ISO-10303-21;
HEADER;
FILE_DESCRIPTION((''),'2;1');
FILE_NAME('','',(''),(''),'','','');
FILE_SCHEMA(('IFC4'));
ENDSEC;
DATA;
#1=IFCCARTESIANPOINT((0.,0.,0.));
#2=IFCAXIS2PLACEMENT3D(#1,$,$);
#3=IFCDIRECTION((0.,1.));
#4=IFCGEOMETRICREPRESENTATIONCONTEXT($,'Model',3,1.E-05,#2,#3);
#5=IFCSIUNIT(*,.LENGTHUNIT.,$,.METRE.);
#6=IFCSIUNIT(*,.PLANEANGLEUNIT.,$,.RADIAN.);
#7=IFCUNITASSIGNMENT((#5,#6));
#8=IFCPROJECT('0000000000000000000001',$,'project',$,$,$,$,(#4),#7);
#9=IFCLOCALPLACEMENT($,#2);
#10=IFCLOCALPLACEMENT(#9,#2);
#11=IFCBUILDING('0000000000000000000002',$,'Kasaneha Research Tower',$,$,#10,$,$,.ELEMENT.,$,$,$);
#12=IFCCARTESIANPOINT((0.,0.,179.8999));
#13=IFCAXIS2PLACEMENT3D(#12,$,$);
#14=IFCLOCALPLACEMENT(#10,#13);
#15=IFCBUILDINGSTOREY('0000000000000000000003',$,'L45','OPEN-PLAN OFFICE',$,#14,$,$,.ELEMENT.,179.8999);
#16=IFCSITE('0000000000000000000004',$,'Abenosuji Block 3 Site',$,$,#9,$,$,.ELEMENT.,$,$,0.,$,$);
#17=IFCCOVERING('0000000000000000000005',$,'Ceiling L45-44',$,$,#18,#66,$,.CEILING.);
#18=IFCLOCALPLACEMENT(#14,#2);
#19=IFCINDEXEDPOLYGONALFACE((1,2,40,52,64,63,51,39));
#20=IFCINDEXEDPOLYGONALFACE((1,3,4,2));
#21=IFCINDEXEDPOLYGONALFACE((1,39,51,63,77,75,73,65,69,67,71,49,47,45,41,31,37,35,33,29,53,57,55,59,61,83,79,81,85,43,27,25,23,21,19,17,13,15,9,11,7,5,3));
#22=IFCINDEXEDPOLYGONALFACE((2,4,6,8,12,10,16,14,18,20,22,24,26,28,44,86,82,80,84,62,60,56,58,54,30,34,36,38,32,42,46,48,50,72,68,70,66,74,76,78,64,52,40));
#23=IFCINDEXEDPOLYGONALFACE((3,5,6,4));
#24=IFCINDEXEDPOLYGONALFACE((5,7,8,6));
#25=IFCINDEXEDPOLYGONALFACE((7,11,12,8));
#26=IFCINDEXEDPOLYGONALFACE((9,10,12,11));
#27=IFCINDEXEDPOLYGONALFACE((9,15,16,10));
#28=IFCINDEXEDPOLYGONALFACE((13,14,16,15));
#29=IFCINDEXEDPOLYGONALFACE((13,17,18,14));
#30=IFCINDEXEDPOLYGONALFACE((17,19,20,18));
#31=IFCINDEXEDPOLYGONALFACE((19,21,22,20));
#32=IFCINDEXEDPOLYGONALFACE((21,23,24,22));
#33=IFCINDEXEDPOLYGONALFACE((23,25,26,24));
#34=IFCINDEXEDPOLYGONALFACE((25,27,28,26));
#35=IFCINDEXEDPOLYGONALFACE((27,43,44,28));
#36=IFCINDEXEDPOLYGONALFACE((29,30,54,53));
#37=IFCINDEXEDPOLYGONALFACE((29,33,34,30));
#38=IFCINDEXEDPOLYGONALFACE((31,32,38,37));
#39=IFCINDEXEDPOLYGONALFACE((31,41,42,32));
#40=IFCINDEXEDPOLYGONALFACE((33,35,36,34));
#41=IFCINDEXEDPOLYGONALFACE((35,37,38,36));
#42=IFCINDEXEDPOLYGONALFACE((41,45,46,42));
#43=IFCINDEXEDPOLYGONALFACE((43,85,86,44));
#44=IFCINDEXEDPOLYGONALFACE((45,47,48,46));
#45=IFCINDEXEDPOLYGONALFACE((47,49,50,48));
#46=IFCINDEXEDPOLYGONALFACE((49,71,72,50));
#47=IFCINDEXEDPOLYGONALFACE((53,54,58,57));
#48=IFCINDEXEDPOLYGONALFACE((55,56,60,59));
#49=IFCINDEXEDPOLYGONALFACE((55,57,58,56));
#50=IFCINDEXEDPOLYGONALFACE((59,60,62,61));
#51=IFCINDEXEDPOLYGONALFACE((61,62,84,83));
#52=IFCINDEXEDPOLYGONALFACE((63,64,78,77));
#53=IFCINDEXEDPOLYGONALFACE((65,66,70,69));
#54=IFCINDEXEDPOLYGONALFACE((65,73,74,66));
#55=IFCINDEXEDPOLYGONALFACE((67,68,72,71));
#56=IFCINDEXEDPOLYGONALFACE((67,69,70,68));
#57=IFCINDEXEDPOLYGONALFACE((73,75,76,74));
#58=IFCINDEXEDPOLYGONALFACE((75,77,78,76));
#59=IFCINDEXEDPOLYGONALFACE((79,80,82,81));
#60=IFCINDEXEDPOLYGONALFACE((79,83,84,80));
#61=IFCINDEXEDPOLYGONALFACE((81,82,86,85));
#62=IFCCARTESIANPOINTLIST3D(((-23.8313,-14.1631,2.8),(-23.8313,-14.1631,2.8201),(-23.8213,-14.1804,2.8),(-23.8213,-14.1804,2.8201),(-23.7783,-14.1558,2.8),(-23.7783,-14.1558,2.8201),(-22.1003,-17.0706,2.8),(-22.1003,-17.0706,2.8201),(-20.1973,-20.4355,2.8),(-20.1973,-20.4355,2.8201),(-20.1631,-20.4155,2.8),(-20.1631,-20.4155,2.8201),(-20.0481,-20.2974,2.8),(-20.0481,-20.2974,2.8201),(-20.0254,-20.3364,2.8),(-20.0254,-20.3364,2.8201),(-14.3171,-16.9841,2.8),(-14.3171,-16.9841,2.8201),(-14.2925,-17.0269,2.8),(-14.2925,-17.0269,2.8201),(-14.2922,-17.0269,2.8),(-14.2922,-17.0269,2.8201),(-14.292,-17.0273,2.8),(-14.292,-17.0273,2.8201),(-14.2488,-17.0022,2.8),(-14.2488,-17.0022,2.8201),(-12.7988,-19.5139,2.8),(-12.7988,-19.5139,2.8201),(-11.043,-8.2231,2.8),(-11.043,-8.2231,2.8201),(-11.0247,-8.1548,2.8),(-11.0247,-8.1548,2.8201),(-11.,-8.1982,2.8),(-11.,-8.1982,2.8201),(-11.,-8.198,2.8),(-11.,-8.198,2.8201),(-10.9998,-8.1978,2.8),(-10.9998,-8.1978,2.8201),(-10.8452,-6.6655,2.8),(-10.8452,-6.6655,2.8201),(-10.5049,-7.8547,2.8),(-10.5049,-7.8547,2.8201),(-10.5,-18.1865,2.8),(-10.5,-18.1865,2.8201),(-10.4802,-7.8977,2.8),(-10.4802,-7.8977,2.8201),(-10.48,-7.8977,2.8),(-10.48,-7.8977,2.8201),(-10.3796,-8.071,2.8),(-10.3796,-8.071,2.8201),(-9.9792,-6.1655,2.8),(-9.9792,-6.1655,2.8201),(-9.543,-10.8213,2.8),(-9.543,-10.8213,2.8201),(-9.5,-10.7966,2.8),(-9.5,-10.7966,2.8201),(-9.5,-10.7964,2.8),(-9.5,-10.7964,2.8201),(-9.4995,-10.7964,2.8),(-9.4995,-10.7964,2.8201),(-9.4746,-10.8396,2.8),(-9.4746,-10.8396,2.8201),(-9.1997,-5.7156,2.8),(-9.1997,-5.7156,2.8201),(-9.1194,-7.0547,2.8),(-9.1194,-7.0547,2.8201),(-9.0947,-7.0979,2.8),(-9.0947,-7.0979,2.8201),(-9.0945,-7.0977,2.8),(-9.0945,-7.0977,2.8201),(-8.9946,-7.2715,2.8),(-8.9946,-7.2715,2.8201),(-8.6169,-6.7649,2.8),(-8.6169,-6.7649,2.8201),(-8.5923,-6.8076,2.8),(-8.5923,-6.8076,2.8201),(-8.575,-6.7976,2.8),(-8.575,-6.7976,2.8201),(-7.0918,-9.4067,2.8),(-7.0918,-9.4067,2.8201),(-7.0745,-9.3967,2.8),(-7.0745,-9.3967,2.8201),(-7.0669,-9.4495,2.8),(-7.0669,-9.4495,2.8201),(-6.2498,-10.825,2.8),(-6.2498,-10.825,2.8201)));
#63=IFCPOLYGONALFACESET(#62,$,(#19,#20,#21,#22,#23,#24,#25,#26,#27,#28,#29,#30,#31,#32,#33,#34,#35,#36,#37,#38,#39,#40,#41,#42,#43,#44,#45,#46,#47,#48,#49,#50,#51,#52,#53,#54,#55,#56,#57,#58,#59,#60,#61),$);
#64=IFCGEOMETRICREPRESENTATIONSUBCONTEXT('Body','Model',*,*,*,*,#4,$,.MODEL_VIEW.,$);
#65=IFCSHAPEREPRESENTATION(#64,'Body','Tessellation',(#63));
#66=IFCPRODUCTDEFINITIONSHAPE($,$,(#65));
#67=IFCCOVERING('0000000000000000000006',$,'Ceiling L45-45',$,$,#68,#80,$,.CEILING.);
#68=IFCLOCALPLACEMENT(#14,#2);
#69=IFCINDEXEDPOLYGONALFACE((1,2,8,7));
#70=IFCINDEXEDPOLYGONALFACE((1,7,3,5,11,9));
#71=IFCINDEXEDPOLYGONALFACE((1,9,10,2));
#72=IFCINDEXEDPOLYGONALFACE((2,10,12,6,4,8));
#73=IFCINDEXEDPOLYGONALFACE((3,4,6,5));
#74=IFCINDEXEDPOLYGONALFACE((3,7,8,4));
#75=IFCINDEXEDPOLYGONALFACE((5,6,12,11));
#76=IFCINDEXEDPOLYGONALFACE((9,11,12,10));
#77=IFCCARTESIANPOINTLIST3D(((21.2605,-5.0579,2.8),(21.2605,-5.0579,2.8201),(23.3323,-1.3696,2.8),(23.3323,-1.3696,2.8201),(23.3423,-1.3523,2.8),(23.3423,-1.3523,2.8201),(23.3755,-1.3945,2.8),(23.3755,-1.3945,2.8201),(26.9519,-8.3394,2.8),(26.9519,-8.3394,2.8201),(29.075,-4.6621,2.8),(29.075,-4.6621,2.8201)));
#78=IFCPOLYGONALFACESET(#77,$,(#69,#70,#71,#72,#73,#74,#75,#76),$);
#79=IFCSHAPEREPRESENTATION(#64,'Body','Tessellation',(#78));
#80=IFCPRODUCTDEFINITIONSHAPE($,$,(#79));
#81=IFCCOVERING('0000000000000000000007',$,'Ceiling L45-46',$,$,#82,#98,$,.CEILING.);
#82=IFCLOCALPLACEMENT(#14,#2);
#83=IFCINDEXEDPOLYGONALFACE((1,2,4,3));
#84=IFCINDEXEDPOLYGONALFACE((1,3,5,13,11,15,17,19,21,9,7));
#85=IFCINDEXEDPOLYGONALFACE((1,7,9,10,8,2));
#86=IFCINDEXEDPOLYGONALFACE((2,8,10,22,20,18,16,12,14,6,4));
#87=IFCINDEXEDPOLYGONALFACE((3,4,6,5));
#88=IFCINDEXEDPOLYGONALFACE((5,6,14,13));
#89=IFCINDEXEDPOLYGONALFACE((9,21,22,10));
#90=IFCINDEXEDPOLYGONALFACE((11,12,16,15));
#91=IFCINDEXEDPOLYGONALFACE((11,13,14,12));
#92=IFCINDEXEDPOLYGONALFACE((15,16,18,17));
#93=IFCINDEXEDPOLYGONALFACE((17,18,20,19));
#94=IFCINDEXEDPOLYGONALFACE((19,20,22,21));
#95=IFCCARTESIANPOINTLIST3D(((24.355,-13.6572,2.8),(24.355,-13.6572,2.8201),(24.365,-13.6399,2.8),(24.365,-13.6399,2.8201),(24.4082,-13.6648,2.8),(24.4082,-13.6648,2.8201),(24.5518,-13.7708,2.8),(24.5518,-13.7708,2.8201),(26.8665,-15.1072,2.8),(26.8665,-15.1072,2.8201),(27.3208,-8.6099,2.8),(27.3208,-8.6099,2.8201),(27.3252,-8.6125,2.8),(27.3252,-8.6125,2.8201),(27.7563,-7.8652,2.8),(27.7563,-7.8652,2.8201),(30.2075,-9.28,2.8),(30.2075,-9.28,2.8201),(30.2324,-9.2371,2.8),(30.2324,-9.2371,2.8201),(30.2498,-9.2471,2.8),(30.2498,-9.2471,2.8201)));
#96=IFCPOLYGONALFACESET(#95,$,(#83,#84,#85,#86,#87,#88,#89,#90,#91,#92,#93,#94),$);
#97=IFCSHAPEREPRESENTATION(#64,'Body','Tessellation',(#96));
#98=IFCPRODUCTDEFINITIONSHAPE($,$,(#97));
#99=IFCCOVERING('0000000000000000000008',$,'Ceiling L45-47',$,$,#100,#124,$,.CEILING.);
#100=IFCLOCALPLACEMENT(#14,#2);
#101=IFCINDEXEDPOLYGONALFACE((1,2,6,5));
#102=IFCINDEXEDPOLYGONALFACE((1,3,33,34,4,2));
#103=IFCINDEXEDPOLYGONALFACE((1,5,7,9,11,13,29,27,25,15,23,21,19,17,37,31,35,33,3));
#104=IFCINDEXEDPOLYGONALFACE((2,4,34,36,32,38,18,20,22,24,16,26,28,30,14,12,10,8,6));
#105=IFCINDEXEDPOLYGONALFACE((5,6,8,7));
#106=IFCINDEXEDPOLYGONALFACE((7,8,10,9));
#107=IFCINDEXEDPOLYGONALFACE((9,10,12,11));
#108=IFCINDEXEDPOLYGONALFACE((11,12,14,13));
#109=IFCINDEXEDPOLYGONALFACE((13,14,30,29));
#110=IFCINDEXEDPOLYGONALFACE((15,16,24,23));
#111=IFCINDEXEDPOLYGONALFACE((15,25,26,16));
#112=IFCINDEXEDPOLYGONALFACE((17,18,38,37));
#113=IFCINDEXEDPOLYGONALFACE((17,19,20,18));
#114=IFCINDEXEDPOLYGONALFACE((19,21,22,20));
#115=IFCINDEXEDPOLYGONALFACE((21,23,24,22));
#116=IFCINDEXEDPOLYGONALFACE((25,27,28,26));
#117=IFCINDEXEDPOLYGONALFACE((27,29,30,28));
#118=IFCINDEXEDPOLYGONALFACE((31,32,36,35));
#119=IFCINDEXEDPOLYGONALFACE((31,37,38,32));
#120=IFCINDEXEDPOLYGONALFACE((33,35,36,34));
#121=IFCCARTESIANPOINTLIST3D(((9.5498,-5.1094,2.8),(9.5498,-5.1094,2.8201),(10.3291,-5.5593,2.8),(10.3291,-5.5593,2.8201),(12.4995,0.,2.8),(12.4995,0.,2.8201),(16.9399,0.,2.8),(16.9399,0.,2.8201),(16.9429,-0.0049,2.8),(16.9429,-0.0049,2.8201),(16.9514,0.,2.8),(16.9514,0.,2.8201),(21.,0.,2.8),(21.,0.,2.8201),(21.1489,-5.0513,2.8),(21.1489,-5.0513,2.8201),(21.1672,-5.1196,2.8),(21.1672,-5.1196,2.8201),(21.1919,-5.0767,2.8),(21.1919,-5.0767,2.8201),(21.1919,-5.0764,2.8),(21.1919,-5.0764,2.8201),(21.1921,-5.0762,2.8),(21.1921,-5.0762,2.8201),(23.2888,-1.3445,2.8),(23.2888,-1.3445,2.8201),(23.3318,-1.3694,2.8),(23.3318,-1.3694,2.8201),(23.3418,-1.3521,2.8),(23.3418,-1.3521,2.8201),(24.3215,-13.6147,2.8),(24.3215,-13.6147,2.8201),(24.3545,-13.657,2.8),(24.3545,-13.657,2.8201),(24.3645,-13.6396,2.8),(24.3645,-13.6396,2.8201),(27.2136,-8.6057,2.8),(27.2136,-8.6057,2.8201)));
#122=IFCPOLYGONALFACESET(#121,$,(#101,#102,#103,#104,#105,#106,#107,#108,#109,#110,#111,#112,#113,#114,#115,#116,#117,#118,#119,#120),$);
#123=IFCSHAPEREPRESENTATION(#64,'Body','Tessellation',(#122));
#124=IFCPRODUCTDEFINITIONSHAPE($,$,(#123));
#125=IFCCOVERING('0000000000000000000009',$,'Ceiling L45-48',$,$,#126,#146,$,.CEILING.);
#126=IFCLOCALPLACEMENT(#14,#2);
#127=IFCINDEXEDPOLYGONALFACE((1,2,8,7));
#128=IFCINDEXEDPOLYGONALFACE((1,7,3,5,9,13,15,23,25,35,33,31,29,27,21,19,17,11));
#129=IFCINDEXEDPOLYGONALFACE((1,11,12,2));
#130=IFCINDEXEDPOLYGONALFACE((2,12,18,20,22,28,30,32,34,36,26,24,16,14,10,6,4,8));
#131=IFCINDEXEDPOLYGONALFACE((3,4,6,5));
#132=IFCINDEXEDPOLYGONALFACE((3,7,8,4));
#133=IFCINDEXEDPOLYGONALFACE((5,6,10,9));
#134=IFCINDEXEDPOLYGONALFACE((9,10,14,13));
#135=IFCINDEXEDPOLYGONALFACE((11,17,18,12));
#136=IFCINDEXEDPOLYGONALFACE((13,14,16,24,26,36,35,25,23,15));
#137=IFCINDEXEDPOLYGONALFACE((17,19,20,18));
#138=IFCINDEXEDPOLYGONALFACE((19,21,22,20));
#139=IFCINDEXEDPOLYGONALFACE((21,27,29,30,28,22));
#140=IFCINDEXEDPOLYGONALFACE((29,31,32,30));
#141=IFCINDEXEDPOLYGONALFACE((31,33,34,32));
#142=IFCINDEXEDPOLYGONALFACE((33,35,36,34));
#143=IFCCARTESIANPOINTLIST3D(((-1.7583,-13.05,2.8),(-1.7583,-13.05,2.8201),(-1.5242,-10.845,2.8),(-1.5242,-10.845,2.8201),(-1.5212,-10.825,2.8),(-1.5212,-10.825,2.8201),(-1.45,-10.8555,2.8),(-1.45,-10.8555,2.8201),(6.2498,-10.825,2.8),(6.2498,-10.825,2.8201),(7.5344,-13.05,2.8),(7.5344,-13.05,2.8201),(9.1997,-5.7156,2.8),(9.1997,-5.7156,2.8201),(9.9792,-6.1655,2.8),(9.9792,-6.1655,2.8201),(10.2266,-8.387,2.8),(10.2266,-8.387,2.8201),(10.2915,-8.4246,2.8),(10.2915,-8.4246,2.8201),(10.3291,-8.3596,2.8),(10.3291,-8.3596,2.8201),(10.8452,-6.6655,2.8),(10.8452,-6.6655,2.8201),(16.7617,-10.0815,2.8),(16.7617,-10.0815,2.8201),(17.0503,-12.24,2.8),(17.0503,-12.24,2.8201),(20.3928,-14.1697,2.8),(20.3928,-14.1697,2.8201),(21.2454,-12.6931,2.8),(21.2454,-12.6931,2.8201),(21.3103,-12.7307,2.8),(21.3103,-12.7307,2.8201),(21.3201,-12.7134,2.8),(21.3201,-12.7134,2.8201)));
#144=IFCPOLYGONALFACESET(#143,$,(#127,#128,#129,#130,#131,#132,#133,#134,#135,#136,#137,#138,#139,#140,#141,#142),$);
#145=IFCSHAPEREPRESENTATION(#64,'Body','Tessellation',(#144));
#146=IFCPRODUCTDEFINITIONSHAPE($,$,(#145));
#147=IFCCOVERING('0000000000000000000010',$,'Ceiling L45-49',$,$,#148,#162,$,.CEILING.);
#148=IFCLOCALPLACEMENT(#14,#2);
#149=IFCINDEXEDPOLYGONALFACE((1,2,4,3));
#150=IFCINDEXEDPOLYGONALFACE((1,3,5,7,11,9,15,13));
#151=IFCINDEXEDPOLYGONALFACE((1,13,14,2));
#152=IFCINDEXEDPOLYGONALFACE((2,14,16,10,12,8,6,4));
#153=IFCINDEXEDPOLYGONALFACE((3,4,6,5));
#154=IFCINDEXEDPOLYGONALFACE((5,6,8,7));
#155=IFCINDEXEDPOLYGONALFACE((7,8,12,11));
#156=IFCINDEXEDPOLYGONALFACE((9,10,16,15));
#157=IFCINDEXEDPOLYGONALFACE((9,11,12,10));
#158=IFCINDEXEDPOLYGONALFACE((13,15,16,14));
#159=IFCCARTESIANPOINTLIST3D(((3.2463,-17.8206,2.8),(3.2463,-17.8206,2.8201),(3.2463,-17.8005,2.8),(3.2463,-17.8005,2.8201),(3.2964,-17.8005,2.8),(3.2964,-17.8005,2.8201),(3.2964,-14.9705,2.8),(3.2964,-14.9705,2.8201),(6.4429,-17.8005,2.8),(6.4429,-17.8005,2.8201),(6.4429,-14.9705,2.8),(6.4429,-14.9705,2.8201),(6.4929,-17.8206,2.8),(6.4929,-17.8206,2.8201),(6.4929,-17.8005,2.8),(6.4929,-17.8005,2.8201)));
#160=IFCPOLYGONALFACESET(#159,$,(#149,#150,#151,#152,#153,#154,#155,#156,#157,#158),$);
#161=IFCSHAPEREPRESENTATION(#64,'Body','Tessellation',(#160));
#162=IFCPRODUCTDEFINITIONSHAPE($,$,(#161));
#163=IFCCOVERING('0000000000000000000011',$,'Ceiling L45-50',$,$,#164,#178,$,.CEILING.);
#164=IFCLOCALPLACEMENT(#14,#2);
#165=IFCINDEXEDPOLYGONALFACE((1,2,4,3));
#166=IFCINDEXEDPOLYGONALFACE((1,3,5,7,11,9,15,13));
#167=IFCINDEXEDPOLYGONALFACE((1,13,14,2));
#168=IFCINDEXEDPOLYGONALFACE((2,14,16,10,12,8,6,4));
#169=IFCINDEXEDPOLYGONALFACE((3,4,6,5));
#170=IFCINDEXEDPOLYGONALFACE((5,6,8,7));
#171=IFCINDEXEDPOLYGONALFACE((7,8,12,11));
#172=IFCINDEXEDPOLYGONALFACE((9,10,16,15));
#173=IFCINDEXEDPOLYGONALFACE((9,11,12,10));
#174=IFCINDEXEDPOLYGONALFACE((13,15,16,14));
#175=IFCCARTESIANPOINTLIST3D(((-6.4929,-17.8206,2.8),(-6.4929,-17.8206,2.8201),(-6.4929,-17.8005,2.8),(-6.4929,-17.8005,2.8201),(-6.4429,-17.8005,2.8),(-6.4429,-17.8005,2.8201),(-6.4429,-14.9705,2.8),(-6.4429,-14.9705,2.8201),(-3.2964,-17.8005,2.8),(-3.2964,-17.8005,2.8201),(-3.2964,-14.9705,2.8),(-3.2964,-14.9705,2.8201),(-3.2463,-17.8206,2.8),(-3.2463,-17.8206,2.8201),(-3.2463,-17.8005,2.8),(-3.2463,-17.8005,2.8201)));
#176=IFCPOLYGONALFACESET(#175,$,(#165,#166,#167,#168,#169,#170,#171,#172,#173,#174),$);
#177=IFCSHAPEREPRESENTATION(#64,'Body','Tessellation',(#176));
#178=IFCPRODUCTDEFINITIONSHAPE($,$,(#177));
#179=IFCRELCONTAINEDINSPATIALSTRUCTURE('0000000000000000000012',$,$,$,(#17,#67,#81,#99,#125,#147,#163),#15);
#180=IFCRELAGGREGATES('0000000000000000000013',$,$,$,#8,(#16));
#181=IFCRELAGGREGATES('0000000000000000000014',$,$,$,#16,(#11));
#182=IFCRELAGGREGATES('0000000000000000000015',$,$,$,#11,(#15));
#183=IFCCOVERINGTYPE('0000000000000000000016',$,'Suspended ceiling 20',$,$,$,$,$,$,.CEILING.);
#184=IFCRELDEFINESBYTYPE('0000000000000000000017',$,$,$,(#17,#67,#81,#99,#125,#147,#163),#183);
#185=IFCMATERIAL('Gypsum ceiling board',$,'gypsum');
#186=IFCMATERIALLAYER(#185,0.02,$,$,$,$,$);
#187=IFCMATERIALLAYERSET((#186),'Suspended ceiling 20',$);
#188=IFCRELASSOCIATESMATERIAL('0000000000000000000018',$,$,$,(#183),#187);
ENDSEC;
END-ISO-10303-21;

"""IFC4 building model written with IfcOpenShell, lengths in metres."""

from ifc_helpers import new_model, si_unit, direction, frame, origin, place, context, subcontext, project, spatial, polyline, outline, extrude, material, layer, layer_set, type_object, element, save


model = new_model("IFC4")

# Units and contexts
model_context = context("Model", 3, precision=1e-05, world=origin(), true_north=direction((0.0, 1.0)))
body_context = subcontext(model_context, "Body", "Model", "MODEL_VIEW")
ifc_project = project(units=[si_unit("LENGTHUNIT", "METRE"), si_unit("PLANEANGLEUNIT", "RADIAN")], contexts=[model_context])

# Site, building, storey
site_placement = place(None, origin())
site = spatial("IfcSite", under=ifc_project, at=site_placement, Name="Abenosuji Block 3 Site", CompositionType="ELEMENT", RefElevation=0.0)
building_placement = place(site_placement, origin())
building = spatial("IfcBuilding", under=site, at=building_placement, Name="Kasaneha Research Tower", CompositionType="ELEMENT")
storey_placement = place(building_placement, frame((0.0, 0.0, 179.8999)))
storey = spatial("IfcBuildingStorey", under=building, at=storey_placement, Name="L45", Description="OPEN-PLAN OFFICE", CompositionType="ELEMENT", Elevation=179.8999)

# Coverings
ifc_material_1 = material(Name="Gypsum ceiling board", Category="gypsum")
ifc_layer_1 = layer(ifc_material_1, 0.02)
ifc_layer_set_1 = layer_set([ifc_layer_1], Name="Suspended ceiling 20")
covering_type_1 = type_object("IfcCoveringType", Name="Suspended ceiling 20", PredefinedType="CEILING", material=ifc_layer_set_1)
covering_1_placement = place(storey_placement, frame((0.0, 0.0, 2.8)))
element("IfcCovering", 1, at=covering_1_placement, inside=storey, type_object=covering_type_1, Name="Ceiling L45-44", PredefinedType="CEILING", context=body_context, shape_type="SweptSolid", body=[
    extrude(outline(polyline([(-9.1997, -5.7156), (-8.575, -6.7976), (-8.5923, -6.8076), (-8.6169, -6.7649), (-9.1194, -7.0547), (-9.0945, -7.0977), (-9.0947, -7.0979), (-8.9946, -7.2715), (-10.3796, -8.071), (-10.48, -7.8977), (-10.4802, -7.8977), (-10.5049, -7.8547), (-11.0247, -8.1548), (-10.9998, -8.1978), (-11.0, -8.198), (-11.0, -8.1982), (-11.043, -8.2231), (-9.543, -10.8213), (-9.5, -10.7964), (-9.5, -10.7966), (-9.4995, -10.7964), (-9.4746, -10.8396), (-7.0669, -9.4495), (-7.0918, -9.4067), (-7.0745, -9.3967), (-6.2498, -10.825), (-10.5, -18.1865), (-12.7988, -19.5139), (-14.2488, -17.0022), (-14.292, -17.0273), (-14.2922, -17.0269), (-14.2925, -17.0269), (-14.3171, -16.9841), (-20.0481, -20.2974), (-20.0254, -20.3364), (-20.1973, -20.4355), (-20.1631, -20.4155), (-22.1003, -17.0706), (-23.7783, -14.1558), (-23.8213, -14.1804), (-23.8313, -14.1631), (-10.8452, -6.6655), (-10.8452, -6.6655), (-9.9792, -6.1655), (-9.9792, -6.1655), (-9.1997, -5.7156)])), origin(), (0.0, 0.0, 1.0), 0.02),
])
covering_2_placement = place(storey_placement, frame((0.0, 0.0, 2.8)))
element("IfcCovering", 2, at=covering_2_placement, inside=storey, type_object=covering_type_1, Name="Ceiling L45-45", PredefinedType="CEILING", context=body_context, shape_type="SweptSolid", body=[
    extrude(outline(polyline([(26.9519, -8.3394), (21.2605, -5.0579), (23.3755, -1.3945), (23.3323, -1.3696), (23.3423, -1.3523), (29.075, -4.6621), (26.9519, -8.3394)])), origin(), (0.0, 0.0, 1.0), 0.02),
])
covering_3_placement = place(storey_placement, frame((0.0, 0.0, 2.8)))
element("IfcCovering", 3, at=covering_3_placement, inside=storey, type_object=covering_type_1, Name="Ceiling L45-46", PredefinedType="CEILING", context=body_context, shape_type="SweptSolid", body=[
    extrude(outline(polyline([(24.5518, -13.7708), (24.355, -13.6572), (24.365, -13.6399), (24.4082, -13.6648), (27.3252, -8.6125), (27.3208, -8.6099), (27.7563, -7.8652), (30.2075, -9.28), (30.2324, -9.2371), (30.2498, -9.2471), (26.8665, -15.1072), (24.5518, -13.7708)])), origin(), (0.0, 0.0, 1.0), 0.02),
])
covering_4_placement = place(storey_placement, frame((0.0, 0.0, 2.8)))
element("IfcCovering", 4, at=covering_4_placement, inside=storey, type_object=covering_type_1, Name="Ceiling L45-47", PredefinedType="CEILING", context=body_context, shape_type="SweptSolid", body=[
    extrude(outline(polyline([(9.5498, -5.1094), (12.4995, 0.0), (16.9399, 0.0), (16.9429, -0.0049), (16.9514, 0.0), (21.0, 0.0), (23.3418, -1.3521), (23.3318, -1.3694), (23.2888, -1.3445), (21.1489, -5.0513), (21.1921, -5.0762), (21.1919, -5.0764), (21.1919, -5.0767), (21.1672, -5.1196), (27.2136, -8.6057), (24.3215, -13.6147), (24.3645, -13.6396), (24.3545, -13.657), (10.3291, -5.5593), (10.3291, -5.5593), (9.5498, -5.1094)])), origin(), (0.0, 0.0, 1.0), 0.02),
])
covering_5_placement = place(storey_placement, frame((0.0, 0.0, 2.8)))
element("IfcCovering", 5, at=covering_5_placement, inside=storey, type_object=covering_type_1, Name="Ceiling L45-48", PredefinedType="CEILING", context=body_context, shape_type="SweptSolid", body=[
    extrude(outline(polyline([(10.2915, -8.4246), (10.2266, -8.387), (7.5344, -13.05), (-1.7583, -13.05), (-1.45, -10.8555), (-1.5242, -10.845), (-1.5212, -10.825), (6.2498, -10.825), (9.1997, -5.7156), (9.9792, -6.1655), (9.9792, -6.1655), (10.8452, -6.6655), (10.8452, -6.6655), (16.7617, -10.0815), (21.3201, -12.7134), (21.3103, -12.7307), (21.2454, -12.6931), (20.3928, -14.1697), (17.0503, -12.24), (17.0503, -12.24), (10.3291, -8.3596), (10.2915, -8.4246), (10.2915, -8.4246), (10.2915, -8.4246)])), origin(), (0.0, 0.0, 1.0), 0.02),
])
covering_6_placement = place(storey_placement, frame((0.0, 0.0, 2.8)))
element("IfcCovering", 6, at=covering_6_placement, inside=storey, type_object=covering_type_1, Name="Ceiling L45-49", PredefinedType="CEILING", context=body_context, shape_type="SweptSolid", body=[
    extrude(outline(polyline([(3.2463, -17.8206), (3.2463, -17.8005), (3.2964, -17.8005), (3.2964, -14.9705), (6.4429, -14.9705), (6.4429, -17.8005), (6.4929, -17.8005), (6.4929, -17.8206), (3.2463, -17.8206)])), origin(), (0.0, 0.0, 1.0), 0.02),
])
covering_7_placement = place(storey_placement, frame((0.0, 0.0, 2.8)))
element("IfcCovering", 7, at=covering_7_placement, inside=storey, type_object=covering_type_1, Name="Ceiling L45-50", PredefinedType="CEILING", context=body_context, shape_type="SweptSolid", body=[
    extrude(outline(polyline([(-6.4929, -17.8206), (-6.4929, -17.8005), (-6.4429, -17.8005), (-6.4429, -14.9705), (-3.2964, -14.9705), (-3.2964, -17.8005), (-3.2463, -17.8005), (-3.2463, -17.8206), (-6.4929, -17.8206)])), origin(), (0.0, 0.0, 1.0), 0.02),
])

save(model, "model.ifc")
